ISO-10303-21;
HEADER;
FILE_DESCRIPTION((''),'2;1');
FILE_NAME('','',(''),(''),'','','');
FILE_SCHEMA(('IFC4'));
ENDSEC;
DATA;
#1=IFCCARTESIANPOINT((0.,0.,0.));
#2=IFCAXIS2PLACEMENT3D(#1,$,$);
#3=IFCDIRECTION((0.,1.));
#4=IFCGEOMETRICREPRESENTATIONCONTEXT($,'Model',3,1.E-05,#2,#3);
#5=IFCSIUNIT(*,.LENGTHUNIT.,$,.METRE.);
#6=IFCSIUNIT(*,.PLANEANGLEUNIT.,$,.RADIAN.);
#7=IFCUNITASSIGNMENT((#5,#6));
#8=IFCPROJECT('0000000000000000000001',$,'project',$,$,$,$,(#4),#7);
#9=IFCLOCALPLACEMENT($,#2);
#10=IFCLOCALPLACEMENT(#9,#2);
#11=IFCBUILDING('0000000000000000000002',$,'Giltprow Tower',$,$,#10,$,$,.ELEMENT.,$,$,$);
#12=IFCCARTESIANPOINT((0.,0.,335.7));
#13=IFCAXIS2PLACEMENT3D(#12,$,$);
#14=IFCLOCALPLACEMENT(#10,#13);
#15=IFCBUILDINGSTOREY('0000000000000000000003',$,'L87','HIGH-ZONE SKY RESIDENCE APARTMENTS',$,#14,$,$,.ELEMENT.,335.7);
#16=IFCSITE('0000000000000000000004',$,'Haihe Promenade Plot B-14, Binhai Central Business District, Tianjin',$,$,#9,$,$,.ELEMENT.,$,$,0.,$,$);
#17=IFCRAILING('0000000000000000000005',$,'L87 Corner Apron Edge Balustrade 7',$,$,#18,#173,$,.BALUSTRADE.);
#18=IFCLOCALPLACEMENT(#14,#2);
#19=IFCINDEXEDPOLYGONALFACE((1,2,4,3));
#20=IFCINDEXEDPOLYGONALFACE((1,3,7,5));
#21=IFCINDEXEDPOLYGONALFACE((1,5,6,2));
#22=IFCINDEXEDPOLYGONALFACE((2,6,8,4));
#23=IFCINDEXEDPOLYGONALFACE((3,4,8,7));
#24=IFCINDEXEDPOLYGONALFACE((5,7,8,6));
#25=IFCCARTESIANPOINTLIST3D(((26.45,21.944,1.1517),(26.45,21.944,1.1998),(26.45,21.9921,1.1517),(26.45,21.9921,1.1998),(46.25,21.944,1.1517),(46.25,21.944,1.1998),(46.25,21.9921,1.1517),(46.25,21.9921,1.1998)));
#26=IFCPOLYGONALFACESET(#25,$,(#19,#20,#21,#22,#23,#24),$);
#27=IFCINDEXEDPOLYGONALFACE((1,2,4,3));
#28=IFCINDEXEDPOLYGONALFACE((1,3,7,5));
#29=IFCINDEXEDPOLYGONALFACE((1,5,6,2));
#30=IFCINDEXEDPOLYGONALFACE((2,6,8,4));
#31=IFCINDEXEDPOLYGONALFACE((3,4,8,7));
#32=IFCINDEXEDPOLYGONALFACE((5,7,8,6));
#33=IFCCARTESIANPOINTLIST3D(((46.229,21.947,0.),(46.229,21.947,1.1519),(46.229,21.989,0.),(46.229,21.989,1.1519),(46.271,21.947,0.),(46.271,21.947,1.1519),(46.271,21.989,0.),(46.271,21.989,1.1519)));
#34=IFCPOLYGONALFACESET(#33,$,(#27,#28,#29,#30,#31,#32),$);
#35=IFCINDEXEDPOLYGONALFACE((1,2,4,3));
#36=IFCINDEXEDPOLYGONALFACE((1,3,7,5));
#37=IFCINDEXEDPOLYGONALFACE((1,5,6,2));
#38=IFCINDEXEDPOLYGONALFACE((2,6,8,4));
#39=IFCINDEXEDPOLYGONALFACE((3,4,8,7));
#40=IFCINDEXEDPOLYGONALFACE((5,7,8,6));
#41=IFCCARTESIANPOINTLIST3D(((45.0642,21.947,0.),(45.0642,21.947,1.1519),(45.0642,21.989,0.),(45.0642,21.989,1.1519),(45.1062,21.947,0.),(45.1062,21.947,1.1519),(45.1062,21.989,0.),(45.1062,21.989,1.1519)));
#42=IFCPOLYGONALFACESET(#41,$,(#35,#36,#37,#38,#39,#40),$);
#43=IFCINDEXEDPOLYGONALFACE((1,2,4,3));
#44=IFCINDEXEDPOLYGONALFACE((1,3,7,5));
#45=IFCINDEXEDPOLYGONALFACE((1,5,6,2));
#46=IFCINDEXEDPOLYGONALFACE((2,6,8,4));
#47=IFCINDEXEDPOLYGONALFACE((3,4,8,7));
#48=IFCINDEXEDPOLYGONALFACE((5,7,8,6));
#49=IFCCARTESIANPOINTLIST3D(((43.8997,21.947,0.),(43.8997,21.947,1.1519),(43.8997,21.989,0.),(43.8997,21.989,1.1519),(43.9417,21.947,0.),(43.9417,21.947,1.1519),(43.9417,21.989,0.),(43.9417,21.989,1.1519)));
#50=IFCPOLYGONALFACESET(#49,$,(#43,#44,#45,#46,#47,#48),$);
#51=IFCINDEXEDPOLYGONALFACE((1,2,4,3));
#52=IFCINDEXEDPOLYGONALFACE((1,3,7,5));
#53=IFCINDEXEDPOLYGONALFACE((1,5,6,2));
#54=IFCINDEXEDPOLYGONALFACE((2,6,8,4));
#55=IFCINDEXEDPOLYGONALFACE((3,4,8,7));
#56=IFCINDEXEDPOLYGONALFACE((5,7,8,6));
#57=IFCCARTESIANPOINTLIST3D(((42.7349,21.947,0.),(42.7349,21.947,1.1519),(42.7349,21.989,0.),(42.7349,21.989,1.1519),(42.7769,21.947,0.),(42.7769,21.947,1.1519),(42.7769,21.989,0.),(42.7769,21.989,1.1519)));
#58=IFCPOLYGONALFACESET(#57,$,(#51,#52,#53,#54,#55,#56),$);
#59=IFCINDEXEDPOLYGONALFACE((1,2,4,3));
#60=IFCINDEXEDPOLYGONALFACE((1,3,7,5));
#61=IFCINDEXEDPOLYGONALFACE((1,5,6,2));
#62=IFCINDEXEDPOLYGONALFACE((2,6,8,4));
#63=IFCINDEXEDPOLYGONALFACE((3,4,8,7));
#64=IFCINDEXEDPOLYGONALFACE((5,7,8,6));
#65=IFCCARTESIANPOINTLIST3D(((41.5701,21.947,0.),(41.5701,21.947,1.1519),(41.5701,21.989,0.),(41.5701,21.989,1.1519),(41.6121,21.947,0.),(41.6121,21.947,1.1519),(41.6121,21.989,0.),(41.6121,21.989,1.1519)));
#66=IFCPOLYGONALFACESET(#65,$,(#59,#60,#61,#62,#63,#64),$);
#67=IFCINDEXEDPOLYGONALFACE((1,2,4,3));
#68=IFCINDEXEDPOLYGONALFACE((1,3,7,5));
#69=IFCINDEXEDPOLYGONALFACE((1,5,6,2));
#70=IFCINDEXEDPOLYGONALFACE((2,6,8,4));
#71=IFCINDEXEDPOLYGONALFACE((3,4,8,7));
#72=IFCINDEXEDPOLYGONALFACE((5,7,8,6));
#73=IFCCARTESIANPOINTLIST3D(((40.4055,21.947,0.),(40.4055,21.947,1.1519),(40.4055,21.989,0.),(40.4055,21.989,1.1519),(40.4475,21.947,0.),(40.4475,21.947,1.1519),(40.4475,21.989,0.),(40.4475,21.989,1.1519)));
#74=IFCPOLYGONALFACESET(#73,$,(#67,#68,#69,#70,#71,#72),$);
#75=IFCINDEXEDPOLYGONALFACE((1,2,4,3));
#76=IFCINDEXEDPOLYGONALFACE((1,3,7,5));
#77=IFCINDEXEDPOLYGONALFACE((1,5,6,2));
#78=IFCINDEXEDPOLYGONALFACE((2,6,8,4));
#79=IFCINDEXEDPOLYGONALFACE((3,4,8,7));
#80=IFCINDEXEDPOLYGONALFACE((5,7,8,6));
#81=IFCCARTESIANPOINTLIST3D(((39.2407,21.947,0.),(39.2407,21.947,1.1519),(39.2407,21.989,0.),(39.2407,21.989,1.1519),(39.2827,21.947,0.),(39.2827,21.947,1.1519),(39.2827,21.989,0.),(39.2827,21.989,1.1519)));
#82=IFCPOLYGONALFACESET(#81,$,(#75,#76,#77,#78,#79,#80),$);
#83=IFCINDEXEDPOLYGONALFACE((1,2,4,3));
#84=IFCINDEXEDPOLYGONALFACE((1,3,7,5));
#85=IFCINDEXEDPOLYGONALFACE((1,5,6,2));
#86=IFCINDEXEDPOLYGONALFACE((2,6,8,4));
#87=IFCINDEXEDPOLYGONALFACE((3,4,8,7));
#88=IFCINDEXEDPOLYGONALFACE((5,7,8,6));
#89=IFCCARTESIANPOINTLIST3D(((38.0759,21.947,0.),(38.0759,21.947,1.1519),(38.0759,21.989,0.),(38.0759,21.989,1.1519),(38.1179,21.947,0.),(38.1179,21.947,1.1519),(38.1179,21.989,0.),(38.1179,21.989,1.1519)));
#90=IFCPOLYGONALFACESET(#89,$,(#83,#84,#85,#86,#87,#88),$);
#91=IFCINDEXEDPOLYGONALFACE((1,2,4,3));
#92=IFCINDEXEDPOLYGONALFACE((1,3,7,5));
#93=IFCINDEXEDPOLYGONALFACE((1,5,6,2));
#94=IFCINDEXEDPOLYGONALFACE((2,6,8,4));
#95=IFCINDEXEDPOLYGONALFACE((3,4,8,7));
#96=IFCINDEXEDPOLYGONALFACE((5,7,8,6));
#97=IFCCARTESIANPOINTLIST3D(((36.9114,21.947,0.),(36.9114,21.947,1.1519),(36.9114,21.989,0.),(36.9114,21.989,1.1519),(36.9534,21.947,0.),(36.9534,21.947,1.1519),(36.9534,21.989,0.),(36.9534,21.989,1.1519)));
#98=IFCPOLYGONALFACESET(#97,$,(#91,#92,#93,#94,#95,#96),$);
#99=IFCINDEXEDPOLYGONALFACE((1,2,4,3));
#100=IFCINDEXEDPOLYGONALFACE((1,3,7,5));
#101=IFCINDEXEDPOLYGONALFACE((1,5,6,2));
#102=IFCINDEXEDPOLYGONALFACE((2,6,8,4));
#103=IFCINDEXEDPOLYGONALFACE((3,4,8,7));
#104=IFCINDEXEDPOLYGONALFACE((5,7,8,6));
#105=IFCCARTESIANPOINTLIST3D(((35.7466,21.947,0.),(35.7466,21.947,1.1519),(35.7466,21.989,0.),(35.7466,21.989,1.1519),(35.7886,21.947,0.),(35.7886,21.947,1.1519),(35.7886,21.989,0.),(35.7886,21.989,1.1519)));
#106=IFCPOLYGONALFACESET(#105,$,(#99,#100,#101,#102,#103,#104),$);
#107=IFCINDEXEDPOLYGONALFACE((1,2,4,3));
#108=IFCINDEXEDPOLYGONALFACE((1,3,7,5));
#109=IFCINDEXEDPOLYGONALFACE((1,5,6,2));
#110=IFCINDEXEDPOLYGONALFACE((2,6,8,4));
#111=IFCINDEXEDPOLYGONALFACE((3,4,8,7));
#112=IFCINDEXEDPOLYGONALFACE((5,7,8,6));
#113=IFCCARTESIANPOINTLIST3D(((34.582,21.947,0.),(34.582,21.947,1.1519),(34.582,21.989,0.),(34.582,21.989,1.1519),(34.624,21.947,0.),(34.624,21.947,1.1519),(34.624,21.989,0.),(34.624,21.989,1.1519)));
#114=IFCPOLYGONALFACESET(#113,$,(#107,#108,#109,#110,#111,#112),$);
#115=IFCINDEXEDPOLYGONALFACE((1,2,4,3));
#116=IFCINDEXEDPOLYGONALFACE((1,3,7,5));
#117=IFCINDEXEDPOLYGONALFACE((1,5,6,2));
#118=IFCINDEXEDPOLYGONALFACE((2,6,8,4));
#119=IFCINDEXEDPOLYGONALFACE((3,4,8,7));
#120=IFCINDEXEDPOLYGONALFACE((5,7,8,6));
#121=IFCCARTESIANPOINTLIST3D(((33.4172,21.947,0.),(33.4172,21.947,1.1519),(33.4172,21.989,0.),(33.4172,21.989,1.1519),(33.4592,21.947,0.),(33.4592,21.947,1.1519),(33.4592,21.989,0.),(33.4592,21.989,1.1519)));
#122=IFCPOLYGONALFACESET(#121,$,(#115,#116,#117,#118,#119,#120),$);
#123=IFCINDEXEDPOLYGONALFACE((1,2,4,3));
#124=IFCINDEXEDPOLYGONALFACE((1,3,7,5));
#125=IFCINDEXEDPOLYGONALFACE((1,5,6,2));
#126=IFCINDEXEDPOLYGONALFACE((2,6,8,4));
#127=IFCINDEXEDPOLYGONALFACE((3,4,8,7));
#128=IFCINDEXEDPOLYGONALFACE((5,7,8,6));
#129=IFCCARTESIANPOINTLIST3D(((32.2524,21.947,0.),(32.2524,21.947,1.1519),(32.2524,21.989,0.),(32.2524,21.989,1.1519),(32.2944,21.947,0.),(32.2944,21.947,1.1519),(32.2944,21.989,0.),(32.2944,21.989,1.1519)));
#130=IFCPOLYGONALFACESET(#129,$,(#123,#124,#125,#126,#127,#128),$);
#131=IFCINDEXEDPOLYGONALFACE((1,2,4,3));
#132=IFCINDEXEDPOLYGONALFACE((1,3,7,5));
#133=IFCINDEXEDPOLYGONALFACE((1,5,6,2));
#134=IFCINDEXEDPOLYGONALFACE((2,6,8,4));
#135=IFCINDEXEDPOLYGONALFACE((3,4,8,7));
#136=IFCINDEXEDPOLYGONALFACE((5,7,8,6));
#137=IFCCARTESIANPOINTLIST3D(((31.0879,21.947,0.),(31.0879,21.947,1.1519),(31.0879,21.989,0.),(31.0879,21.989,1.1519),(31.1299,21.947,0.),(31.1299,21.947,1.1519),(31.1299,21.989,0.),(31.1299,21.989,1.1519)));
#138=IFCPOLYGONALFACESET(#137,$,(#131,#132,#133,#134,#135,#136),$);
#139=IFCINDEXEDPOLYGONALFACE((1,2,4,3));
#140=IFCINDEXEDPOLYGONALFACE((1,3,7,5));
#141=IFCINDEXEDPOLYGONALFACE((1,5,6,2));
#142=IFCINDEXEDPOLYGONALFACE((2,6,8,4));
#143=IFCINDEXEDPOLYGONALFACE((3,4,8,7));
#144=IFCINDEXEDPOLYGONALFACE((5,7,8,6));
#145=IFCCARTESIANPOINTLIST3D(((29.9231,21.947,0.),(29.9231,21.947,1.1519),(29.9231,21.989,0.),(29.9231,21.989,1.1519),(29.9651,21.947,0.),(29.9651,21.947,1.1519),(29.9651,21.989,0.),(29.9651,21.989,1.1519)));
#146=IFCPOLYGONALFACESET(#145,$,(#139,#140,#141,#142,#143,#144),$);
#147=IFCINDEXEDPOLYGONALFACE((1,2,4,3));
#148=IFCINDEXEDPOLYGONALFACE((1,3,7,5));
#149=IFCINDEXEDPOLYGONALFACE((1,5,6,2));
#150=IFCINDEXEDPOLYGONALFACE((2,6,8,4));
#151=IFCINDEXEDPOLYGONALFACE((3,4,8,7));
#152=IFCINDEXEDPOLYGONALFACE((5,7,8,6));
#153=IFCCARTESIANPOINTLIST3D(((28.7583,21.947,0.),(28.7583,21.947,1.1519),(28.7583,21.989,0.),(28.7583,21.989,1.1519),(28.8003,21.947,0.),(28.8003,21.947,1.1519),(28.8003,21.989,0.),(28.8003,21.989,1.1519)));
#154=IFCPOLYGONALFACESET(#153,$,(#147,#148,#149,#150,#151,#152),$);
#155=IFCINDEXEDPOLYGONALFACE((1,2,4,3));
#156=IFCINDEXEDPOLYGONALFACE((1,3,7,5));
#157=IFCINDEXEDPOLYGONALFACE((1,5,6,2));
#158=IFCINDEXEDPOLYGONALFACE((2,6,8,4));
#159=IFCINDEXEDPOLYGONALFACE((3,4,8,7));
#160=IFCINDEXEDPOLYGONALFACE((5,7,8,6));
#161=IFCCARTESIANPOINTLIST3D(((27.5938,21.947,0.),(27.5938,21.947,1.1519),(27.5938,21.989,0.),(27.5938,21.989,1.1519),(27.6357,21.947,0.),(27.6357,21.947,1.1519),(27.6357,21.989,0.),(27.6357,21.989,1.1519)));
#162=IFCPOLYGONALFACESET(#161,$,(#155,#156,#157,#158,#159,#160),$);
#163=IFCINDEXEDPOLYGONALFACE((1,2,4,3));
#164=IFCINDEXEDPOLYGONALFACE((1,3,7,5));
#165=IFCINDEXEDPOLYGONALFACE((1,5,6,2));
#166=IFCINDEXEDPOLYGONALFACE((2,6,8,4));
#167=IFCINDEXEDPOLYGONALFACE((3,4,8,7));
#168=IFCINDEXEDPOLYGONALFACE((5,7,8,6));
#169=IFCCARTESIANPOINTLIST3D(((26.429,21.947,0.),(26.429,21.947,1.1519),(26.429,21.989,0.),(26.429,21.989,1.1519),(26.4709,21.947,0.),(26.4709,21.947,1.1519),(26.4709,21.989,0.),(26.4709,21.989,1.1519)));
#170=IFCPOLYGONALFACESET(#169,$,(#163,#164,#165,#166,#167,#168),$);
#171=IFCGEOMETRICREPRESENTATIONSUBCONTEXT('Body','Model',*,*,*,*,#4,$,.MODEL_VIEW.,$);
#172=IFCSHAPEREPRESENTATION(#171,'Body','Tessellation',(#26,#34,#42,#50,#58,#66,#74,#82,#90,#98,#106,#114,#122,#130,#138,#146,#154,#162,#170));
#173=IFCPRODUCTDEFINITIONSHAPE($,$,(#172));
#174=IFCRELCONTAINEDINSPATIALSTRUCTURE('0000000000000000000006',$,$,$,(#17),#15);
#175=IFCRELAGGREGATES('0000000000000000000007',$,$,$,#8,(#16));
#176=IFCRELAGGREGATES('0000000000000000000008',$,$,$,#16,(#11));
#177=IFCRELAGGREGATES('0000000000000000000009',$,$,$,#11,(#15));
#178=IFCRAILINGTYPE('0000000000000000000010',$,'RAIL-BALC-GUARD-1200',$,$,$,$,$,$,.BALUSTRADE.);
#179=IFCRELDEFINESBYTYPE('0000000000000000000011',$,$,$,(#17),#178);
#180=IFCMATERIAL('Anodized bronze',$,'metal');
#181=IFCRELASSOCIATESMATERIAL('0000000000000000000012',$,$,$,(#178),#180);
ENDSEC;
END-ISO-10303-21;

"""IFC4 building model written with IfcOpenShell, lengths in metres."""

from ifc_helpers import new_model, si_unit, direction, frame, origin, origin_2d, place, context, subcontext, project, spatial, rectangle, extrude, material, type_object, element, save


model = new_model("IFC4")

# Units and contexts
model_context = context("Model", 3, precision=1e-05, world=origin(), true_north=direction((0.0, 1.0)))
body_context = subcontext(model_context, "Body", "Model", "MODEL_VIEW")
ifc_project = project(units=[si_unit("LENGTHUNIT", "METRE"), si_unit("PLANEANGLEUNIT", "RADIAN")], contexts=[model_context])

# Site, building, storey
site_placement = place(None, origin())
site = spatial("IfcSite", under=ifc_project, at=site_placement, Name="Haihe Promenade Plot B-14, Binhai Central Business District, Tianjin", CompositionType="ELEMENT", RefElevation=0.0)
building_placement = place(site_placement, origin())
building = spatial("IfcBuilding", under=site, at=building_placement, Name="Giltprow Tower", CompositionType="ELEMENT")
storey_placement = place(building_placement, frame((0.0, 0.0, 335.7)))
storey = spatial("IfcBuildingStorey", under=building, at=storey_placement, Name="L87", Description="HIGH-ZONE SKY RESIDENCE APARTMENTS", CompositionType="ELEMENT", Elevation=335.7)

# Railing
ifc_material_1 = material(Name="Anodized bronze", Category="metal")
railing_type = type_object("IfcRailingType", Name="RAIL-BALC-GUARD-1200", PredefinedType="BALUSTRADE", material=ifc_material_1)
railing_1_placement = place(storey_placement, frame((46.25, 21.968, 0.0)))
element("IfcRailing", 1, at=railing_1_placement, inside=storey, type_object=railing_type, Name="L87 Corner Apron Edge Balustrade 7", PredefinedType="BALUSTRADE", context=body_context, shape_type="SweptSolid", body=[
    extrude(rectangle(XDim=0.0481, YDim=0.0481, at=origin_2d()), frame((0.0, 0.0, 1.1758), z_axis=(-1.0, 0.0, 0.0), x_axis=(0.0, -1.0, 0.0)), (0.0, 0.0, 1.0), 19.8),
    extrude(rectangle(XDim=0.042, YDim=0.042, at=origin_2d()), origin(), (0.0, 0.0, 1.0), 1.1519),
    extrude(rectangle(XDim=0.042, YDim=0.042, at=origin_2d()), frame((-1.1648, 0.0, 0.0)), (0.0, 0.0, 1.0), 1.1519),
    extrude(rectangle(XDim=0.042, YDim=0.042, at=origin_2d()), frame((-2.3293, 0.0, 0.0)), (0.0, 0.0, 1.0), 1.1519),
    extrude(rectangle(XDim=0.042, YDim=0.042, at=origin_2d()), frame((-3.4941, 0.0, 0.0)), (0.0, 0.0, 1.0), 1.1519),
    extrude(rectangle(XDim=0.042, YDim=0.042, at=origin_2d()), frame((-4.6589, 0.0, 0.0)), (0.0, 0.0, 1.0), 1.1519),
    extrude(rectangle(XDim=0.042, YDim=0.042, at=origin_2d()), frame((-5.8235, 0.0, 0.0)), (0.0, 0.0, 1.0), 1.1519),
    extrude(rectangle(XDim=0.042, YDim=0.042, at=origin_2d()), frame((-6.9883, 0.0, 0.0)), (0.0, 0.0, 1.0), 1.1519),
    extrude(rectangle(XDim=0.042, YDim=0.042, at=origin_2d()), frame((-8.1531, 0.0, 0.0)), (0.0, 0.0, 1.0), 1.1519),
    extrude(rectangle(XDim=0.042, YDim=0.042, at=origin_2d()), frame((-9.3176, 0.0, 0.0)), (0.0, 0.0, 1.0), 1.1519),
    extrude(rectangle(XDim=0.042, YDim=0.042, at=origin_2d()), frame((-10.4824, 0.0, 0.0)), (0.0, 0.0, 1.0), 1.1519),
    extrude(rectangle(XDim=0.042, YDim=0.042, at=origin_2d()), frame((-11.647, 0.0, 0.0)), (0.0, 0.0, 1.0), 1.1519),
    extrude(rectangle(XDim=0.042, YDim=0.042, at=origin_2d()), frame((-12.8118, 0.0, 0.0)), (0.0, 0.0, 1.0), 1.1519),
    extrude(rectangle(XDim=0.042, YDim=0.042, at=origin_2d()), frame((-13.9766, 0.0, 0.0)), (0.0, 0.0, 1.0), 1.1519),
    extrude(rectangle(XDim=0.042, YDim=0.042, at=origin_2d()), frame((-15.1411, 0.0, 0.0)), (0.0, 0.0, 1.0), 1.1519),
    extrude(rectangle(XDim=0.042, YDim=0.042, at=origin_2d()), frame((-16.3059, 0.0, 0.0)), (0.0, 0.0, 1.0), 1.1519),
    extrude(rectangle(XDim=0.042, YDim=0.042, at=origin_2d()), frame((-17.4707, 0.0, 0.0)), (0.0, 0.0, 1.0), 1.1519),
    extrude(rectangle(XDim=0.042, YDim=0.042, at=origin_2d()), frame((-18.6353, 0.0, 0.0)), (0.0, 0.0, 1.0), 1.1519),
    extrude(rectangle(XDim=0.042, YDim=0.042, at=origin_2d()), frame((-19.8, 0.0, 0.0)), (0.0, 0.0, 1.0), 1.1519),
])

save(model, "model.ifc")
